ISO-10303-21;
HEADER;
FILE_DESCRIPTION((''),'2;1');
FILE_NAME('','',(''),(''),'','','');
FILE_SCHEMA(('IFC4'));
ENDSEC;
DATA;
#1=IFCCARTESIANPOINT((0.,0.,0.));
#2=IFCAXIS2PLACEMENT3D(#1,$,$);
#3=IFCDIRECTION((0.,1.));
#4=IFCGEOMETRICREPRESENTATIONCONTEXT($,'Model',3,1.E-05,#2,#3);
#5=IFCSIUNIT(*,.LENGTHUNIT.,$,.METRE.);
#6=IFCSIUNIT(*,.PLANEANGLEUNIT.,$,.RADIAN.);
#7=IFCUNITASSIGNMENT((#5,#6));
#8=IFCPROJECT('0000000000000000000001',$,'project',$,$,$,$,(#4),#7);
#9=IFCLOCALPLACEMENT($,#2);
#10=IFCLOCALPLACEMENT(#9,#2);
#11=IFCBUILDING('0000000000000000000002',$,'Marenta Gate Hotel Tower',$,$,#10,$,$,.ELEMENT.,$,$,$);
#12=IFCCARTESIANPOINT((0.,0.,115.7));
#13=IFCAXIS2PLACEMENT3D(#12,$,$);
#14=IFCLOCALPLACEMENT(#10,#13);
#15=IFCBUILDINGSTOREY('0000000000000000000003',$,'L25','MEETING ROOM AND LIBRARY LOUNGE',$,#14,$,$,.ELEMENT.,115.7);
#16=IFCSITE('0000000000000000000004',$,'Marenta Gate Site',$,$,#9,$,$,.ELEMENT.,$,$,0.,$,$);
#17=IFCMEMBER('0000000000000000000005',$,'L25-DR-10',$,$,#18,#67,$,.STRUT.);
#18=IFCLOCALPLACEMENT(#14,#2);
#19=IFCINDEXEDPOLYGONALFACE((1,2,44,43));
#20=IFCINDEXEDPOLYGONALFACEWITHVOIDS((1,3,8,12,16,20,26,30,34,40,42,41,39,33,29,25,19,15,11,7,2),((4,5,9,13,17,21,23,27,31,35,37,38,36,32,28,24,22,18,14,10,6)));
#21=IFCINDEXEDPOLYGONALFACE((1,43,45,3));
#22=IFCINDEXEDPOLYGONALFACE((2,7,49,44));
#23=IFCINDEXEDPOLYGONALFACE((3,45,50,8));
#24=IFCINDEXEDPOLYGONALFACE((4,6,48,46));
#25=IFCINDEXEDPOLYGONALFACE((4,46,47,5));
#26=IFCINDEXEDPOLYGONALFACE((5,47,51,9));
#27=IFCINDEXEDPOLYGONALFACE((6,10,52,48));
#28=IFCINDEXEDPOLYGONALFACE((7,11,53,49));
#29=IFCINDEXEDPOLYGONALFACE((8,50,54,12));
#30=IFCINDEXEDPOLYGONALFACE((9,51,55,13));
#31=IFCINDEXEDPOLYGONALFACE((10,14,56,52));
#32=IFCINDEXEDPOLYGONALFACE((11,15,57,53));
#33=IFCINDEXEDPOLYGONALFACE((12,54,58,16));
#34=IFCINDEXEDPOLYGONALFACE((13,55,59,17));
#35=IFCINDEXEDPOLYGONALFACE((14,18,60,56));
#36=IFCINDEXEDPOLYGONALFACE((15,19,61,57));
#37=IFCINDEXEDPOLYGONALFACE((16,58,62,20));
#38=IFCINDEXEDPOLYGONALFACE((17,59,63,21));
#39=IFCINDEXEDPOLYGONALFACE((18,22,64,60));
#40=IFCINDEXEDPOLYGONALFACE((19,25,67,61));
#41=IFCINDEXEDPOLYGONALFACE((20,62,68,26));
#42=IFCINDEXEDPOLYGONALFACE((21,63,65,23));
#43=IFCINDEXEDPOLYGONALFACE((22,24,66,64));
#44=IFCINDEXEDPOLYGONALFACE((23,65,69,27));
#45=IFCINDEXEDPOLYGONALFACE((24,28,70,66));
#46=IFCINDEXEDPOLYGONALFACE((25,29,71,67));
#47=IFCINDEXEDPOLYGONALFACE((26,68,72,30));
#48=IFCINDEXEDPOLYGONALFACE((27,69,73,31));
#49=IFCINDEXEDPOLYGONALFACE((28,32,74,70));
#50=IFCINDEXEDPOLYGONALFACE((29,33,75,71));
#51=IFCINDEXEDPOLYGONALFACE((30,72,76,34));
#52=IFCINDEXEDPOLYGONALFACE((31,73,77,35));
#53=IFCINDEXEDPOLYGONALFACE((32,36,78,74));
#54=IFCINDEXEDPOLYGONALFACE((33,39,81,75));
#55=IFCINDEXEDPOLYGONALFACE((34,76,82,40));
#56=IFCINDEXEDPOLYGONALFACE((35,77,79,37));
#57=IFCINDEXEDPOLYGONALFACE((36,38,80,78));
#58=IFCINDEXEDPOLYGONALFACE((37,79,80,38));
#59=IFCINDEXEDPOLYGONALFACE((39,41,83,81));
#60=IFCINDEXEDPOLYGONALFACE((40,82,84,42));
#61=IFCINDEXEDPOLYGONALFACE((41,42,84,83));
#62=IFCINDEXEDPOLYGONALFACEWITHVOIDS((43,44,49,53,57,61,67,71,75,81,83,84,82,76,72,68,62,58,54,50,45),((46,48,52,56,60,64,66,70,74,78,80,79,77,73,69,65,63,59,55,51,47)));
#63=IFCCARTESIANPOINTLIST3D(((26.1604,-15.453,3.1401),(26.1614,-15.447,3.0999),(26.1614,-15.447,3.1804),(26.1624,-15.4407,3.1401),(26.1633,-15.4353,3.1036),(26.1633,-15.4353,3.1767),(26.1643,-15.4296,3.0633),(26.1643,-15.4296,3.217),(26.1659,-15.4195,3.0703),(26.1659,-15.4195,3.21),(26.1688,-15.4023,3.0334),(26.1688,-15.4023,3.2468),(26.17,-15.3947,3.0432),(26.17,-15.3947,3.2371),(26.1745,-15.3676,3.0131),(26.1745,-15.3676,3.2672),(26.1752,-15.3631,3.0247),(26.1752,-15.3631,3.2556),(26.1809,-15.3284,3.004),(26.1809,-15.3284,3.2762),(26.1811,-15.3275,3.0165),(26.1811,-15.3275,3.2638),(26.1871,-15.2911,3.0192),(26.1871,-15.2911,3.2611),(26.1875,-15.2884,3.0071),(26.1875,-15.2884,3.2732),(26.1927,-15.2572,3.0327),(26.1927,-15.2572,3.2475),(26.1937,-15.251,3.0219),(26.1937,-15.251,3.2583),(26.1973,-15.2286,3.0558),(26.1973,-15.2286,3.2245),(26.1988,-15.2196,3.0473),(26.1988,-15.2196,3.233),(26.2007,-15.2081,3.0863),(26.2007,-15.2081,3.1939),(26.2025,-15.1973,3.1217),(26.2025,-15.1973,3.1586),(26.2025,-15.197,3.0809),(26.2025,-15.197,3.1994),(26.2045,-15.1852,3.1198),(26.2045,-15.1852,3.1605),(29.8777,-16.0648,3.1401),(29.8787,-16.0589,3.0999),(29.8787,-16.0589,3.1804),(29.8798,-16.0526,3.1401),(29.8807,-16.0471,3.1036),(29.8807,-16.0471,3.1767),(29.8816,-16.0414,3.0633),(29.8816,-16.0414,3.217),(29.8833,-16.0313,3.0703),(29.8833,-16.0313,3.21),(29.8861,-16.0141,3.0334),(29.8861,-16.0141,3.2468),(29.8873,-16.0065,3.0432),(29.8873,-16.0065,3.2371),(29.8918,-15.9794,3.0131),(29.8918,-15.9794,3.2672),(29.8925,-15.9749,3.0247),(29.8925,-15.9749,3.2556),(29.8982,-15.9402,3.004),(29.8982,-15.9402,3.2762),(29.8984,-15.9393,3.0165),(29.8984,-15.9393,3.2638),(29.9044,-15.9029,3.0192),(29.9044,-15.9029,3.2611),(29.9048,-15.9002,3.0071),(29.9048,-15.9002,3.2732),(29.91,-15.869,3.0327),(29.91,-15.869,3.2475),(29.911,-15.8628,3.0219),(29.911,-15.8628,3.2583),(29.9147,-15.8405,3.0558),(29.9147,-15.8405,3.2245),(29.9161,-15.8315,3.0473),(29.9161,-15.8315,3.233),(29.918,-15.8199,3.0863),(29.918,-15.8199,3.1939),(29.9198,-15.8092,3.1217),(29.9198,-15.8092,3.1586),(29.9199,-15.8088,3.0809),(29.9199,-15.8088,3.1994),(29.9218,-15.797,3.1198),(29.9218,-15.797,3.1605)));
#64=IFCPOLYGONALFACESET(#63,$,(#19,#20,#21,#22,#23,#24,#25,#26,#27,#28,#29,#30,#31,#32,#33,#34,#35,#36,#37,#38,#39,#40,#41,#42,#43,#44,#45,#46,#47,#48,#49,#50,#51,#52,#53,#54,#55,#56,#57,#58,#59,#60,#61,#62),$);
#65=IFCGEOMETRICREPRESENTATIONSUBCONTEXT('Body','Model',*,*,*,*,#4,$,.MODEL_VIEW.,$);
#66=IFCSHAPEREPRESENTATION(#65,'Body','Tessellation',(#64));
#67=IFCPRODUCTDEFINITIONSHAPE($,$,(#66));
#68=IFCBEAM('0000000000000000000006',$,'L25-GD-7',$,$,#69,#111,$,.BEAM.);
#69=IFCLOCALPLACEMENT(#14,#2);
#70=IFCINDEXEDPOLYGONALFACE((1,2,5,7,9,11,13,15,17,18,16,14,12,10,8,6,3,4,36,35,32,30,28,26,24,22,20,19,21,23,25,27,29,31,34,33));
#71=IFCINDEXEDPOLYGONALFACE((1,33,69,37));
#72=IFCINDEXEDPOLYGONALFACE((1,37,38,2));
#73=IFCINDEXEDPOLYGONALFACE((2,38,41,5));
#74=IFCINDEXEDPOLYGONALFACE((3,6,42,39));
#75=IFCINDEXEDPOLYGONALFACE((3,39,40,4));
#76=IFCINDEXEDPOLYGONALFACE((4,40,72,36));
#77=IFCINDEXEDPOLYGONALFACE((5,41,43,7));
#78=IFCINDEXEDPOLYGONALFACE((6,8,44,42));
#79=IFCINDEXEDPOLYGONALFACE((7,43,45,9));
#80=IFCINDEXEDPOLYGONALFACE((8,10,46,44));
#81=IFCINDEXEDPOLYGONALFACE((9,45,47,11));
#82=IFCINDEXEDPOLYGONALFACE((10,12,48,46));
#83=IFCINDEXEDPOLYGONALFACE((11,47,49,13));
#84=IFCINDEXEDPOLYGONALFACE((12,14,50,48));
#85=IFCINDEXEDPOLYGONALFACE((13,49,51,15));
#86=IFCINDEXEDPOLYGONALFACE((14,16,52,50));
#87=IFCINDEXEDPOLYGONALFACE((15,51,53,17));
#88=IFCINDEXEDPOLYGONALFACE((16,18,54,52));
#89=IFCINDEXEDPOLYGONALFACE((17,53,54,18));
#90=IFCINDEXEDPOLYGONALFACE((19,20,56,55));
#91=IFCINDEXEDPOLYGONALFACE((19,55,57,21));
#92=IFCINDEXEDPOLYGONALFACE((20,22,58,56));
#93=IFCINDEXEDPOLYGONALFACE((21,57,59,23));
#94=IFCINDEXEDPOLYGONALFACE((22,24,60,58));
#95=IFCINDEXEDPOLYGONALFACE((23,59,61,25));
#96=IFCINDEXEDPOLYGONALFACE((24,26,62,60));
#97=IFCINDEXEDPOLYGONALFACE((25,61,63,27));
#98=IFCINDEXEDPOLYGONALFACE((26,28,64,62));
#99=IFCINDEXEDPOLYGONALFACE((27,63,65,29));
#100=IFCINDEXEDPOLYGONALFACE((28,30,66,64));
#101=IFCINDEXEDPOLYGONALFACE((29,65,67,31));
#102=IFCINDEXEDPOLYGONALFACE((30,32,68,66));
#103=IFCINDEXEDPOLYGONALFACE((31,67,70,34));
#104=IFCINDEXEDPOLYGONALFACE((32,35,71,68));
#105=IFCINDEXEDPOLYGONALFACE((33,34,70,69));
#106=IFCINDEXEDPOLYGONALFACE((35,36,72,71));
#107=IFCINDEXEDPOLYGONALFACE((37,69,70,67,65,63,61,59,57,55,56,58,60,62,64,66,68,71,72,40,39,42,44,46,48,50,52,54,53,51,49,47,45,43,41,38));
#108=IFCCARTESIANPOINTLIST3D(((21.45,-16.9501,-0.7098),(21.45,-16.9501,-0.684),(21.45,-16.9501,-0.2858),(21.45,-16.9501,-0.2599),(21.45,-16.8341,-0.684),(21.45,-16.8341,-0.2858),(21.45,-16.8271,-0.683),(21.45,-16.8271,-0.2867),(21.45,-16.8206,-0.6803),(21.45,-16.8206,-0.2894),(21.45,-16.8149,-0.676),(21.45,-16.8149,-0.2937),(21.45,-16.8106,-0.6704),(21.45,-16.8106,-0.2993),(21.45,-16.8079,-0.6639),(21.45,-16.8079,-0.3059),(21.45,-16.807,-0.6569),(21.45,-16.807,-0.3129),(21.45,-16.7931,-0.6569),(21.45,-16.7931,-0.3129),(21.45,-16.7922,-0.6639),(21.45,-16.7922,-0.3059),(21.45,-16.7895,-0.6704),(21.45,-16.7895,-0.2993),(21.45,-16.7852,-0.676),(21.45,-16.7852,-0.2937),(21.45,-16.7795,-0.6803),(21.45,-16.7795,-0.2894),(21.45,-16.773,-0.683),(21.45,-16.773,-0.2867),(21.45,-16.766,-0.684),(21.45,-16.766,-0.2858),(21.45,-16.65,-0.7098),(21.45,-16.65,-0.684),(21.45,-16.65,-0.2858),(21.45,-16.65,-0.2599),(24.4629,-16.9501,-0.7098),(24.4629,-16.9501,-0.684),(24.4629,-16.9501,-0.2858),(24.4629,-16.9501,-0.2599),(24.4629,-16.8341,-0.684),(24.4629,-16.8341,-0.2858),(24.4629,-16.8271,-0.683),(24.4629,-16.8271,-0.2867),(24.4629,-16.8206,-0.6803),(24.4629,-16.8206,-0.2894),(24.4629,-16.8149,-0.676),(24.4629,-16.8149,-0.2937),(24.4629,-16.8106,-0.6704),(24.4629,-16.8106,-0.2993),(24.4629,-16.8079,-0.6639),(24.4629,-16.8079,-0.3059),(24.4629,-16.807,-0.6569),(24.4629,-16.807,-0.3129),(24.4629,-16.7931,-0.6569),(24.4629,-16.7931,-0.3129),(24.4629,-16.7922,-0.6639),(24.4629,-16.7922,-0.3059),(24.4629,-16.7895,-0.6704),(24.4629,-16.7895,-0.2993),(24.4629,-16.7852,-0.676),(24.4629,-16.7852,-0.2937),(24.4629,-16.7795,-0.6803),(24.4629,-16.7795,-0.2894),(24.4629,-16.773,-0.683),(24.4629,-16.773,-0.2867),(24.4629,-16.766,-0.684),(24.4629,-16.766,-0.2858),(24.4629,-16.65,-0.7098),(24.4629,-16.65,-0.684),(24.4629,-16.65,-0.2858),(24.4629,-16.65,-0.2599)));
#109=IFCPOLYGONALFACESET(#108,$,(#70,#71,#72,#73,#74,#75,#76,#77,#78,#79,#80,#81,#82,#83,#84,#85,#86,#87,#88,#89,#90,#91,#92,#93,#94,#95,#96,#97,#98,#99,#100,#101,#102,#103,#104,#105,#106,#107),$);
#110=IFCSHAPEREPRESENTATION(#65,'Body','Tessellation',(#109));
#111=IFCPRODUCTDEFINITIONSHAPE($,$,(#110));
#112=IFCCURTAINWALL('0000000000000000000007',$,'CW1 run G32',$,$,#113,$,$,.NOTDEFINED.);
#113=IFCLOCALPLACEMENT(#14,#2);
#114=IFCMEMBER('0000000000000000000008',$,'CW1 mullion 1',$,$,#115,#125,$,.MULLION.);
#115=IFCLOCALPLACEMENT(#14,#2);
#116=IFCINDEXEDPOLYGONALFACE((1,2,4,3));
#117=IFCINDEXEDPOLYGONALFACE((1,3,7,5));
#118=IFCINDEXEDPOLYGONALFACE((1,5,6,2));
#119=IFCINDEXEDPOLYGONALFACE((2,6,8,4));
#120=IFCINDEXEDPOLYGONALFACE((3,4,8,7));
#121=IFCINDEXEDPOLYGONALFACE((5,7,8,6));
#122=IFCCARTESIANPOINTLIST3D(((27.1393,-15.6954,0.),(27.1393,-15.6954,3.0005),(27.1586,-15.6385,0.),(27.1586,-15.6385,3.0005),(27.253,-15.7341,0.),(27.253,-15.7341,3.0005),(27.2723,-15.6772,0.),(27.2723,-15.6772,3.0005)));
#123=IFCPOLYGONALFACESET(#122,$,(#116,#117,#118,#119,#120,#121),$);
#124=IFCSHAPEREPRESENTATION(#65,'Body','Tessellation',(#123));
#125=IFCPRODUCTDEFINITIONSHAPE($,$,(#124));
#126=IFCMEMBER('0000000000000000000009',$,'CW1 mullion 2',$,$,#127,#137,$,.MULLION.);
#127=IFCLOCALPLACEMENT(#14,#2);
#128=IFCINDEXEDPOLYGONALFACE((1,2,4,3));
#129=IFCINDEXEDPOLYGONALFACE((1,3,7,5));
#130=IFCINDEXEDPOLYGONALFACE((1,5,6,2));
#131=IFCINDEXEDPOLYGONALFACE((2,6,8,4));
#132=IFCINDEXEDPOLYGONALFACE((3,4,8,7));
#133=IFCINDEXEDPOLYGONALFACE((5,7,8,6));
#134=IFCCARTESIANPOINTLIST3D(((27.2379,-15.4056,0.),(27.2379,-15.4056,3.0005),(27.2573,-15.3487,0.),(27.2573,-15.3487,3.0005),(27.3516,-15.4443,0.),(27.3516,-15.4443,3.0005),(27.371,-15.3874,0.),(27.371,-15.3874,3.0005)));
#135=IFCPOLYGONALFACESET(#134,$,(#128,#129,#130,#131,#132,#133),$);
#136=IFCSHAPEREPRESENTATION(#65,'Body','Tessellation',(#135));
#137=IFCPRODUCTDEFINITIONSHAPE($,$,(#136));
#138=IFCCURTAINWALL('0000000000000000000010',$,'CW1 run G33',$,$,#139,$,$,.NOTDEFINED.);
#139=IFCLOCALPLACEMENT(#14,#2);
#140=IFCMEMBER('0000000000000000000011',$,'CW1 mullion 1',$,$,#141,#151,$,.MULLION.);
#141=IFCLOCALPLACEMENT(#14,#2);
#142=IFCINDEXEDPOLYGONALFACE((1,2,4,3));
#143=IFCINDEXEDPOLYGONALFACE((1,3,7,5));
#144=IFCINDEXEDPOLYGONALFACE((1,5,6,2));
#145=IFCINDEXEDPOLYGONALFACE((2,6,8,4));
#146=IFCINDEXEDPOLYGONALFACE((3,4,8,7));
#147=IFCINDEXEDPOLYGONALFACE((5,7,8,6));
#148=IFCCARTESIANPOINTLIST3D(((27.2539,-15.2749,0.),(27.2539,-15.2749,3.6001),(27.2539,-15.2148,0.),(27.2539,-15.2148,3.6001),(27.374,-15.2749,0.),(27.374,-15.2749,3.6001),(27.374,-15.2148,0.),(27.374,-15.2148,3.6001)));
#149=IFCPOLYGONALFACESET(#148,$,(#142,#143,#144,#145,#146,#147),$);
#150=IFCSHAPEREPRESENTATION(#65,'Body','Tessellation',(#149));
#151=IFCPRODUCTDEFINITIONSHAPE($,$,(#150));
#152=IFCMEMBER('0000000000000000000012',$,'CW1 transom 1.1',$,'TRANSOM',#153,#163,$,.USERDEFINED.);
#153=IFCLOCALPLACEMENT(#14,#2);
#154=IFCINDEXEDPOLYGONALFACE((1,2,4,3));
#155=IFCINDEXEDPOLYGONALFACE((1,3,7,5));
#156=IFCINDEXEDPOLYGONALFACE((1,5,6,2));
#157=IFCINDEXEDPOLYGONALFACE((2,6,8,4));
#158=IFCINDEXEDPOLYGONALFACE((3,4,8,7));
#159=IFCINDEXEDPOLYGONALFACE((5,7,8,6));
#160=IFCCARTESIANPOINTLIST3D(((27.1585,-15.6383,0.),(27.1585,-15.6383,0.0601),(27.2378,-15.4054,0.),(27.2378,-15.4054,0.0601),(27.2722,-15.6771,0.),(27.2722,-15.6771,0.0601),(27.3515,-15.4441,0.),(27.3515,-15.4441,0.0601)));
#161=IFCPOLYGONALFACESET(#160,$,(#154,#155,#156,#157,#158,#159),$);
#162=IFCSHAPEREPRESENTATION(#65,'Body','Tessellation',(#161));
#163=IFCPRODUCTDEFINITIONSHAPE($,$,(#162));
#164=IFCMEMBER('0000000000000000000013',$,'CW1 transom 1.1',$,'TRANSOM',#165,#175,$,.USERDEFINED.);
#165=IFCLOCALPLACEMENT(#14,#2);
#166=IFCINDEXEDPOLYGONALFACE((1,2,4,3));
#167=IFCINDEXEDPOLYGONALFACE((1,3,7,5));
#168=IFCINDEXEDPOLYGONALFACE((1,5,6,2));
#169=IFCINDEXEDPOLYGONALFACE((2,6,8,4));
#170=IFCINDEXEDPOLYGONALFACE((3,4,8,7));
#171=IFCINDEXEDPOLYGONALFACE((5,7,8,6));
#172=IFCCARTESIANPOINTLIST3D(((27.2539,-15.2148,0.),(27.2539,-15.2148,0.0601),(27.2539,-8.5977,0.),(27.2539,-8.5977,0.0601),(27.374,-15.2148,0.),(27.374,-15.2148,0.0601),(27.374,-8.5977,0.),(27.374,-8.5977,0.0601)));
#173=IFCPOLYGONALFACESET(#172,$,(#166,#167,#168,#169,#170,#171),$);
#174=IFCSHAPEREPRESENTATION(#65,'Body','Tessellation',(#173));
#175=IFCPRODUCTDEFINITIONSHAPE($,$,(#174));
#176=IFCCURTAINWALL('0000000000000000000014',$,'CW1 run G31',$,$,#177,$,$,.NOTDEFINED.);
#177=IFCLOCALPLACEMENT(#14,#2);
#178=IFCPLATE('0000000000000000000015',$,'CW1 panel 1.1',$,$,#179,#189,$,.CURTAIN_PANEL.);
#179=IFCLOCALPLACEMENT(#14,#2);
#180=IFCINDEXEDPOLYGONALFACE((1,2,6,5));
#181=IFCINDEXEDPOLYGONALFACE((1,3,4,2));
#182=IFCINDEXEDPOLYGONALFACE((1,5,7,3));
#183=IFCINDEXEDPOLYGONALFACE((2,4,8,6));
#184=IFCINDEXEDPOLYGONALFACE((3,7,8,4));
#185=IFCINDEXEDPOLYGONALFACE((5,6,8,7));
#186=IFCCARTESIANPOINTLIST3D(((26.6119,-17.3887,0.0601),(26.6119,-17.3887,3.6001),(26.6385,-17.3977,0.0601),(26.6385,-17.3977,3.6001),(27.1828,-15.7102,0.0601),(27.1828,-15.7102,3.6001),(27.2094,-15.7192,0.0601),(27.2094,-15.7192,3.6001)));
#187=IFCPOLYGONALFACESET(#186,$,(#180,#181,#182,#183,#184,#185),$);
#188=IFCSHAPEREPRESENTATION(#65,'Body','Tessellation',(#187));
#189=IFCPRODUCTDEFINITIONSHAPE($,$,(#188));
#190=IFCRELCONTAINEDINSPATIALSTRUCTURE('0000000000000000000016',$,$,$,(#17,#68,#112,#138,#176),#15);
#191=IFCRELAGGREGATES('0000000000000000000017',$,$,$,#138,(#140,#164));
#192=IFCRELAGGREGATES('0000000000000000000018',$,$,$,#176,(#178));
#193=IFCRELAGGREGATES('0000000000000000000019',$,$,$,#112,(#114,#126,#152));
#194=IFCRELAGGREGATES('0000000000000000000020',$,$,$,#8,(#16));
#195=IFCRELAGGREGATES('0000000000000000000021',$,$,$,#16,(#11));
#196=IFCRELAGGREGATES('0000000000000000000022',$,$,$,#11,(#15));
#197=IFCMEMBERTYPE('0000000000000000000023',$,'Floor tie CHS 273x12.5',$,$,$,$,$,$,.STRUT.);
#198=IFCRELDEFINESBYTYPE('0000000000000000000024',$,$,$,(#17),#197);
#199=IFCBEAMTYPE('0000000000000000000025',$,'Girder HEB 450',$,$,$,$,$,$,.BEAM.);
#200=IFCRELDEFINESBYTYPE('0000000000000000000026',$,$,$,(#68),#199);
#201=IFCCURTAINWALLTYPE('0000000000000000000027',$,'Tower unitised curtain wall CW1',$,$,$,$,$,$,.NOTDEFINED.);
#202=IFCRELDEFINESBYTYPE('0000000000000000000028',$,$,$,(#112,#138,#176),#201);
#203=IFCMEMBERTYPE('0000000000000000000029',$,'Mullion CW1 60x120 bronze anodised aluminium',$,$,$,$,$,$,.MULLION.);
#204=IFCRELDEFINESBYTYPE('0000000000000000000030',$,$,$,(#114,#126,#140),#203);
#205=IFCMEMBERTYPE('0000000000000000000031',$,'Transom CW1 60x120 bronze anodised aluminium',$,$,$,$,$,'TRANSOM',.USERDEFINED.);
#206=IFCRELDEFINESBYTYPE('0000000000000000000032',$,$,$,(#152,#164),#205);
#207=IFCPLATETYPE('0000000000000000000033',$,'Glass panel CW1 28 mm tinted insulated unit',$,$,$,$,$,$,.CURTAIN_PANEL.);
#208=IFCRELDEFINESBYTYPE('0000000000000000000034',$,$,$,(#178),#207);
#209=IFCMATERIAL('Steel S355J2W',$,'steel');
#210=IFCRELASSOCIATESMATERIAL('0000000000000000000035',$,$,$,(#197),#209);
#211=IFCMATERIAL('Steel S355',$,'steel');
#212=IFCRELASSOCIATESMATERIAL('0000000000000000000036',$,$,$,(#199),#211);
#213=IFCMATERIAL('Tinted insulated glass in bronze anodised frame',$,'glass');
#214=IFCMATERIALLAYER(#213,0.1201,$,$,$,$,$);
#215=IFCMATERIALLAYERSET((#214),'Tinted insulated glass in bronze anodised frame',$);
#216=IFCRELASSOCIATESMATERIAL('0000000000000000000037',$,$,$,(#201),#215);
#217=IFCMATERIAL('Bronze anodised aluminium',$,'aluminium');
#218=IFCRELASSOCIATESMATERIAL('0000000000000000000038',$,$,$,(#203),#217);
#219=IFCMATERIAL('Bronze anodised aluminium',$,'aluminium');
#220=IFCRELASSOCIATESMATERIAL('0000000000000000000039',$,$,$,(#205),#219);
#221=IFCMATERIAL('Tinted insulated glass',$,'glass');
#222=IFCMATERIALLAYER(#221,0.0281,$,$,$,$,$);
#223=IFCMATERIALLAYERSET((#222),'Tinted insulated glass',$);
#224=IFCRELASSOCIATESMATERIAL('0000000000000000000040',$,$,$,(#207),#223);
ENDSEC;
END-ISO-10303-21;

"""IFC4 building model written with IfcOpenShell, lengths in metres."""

from ifc_helpers import new_model, si_unit, direction, frame, origin, origin_2d, place, context, subcontext, project, spatial, rectangle, hollow_circle, i_section, extrude, material, layer, layer_set, material_profile, profile_set, type_object, element, aggregate, save


model = new_model("IFC4")

# Units and contexts
model_context = context("Model", 3, precision=1e-05, world=origin(), true_north=direction((0.0, 1.0)))
body_context = subcontext(model_context, "Body", "Model", "MODEL_VIEW")
ifc_project = project(units=[si_unit("LENGTHUNIT", "METRE"), si_unit("PLANEANGLEUNIT", "RADIAN")], contexts=[model_context])

# Site, building, storey
site_placement = place(None, origin())
site = spatial("IfcSite", under=ifc_project, at=site_placement, Name="Marenta Gate Site", CompositionType="ELEMENT", RefElevation=0.0)
building_placement = place(site_placement, origin())
building = spatial("IfcBuilding", under=site, at=building_placement, Name="Marenta Gate Hotel Tower", CompositionType="ELEMENT")
storey_placement = place(building_placement, frame((0.0, 0.0, 115.7)))
storey = spatial("IfcBuildingStorey", under=building, at=storey_placement, Name="L25", Description="MEETING ROOM AND LIBRARY LOUNGE", CompositionType="ELEMENT", Elevation=115.7)

# Member
ifc_material_1 = material(Name="Steel S355J2W", Category="steel")
ifc_material_profile_1 = material_profile(ifc_material_1, hollow_circle(Radius=0.1365, WallThickness=0.0125, at=origin_2d()), Name="CHS 273x12.5")
ifc_profile_set_1 = profile_set([ifc_material_profile_1], Name="Steel S355J2W")
member_type_1 = type_object("IfcMemberType", Name="Floor tie CHS 273x12.5", PredefinedType="STRUT", material=ifc_profile_set_1)
member_1_placement = place(storey_placement, frame((29.8999, -15.9302, 3.1401), z_axis=(-0.986725, 0.162402, 0.0), x_axis=(-0.162402, -0.986725, 0.0)))
element("IfcMember", 1, at=member_1_placement, inside=storey, type_object=member_type_1, Name="L25-DR-10", PredefinedType="STRUT", context=body_context, shape_type="SweptSolid", body=[
    extrude(hollow_circle(Radius=0.1365, WallThickness=0.0125, at=origin_2d()), origin(), (0.0, 0.0, 1.0), 3.7673),
])

# Beam
ifc_material_2 = material(Name="Steel S355", Category="steel")
ifc_material_profile_2 = material_profile(ifc_material_2, i_section(OverallWidth=0.3, OverallDepth=0.45, WebThickness=0.0139, FlangeThickness=0.0259, FilletRadius=0.0271, at=origin_2d()), Name="HEB 450")
ifc_profile_set_2 = profile_set([ifc_material_profile_2], Name="Steel S355")
beam_type_1 = type_object("IfcBeamType", Name="Girder HEB 450", PredefinedType="BEAM", material=ifc_profile_set_2)
beam_1_placement = place(storey_placement, frame((21.45, -16.8, -0.4849), z_axis=(1.0, 0.0, 0.0), x_axis=(0.0, 1.0, 0.0)))
element("IfcBeam", 2, at=beam_1_placement, inside=storey, type_object=beam_type_1, Name="L25-GD-7", PredefinedType="BEAM", context=body_context, shape_type="SweptSolid", body=[
    extrude(i_section(OverallWidth=0.3, OverallDepth=0.45, WebThickness=0.0139, FlangeThickness=0.0259, FilletRadius=0.0271, at=origin_2d()), origin(), (0.0, 0.0, 1.0), 3.0129),
])

# Curtain wall, members
ifc_material_3 = material(Name="Tinted insulated glass in bronze anodised frame", Category="glass")
ifc_layer_1 = layer(ifc_material_3, 0.1201)
ifc_layer_set_1 = layer_set([ifc_layer_1], Name="Tinted insulated glass in bronze anodised frame")
curtain_wall_type = type_object("IfcCurtainWallType", Name="Tower unitised curtain wall CW1", PredefinedType="NOTDEFINED", material=ifc_layer_set_1)
curtain_wall_1_placement = place(storey_placement, origin())
curtain_wall_1 = element("IfcCurtainWall", 3, at=curtain_wall_1_placement, inside=storey, type_object=curtain_wall_type, Name="CW1 run G32", PredefinedType="NOTDEFINED")
ifc_material_4 = material(Name="Bronze anodised aluminium", Category="aluminium")
ifc_material_profile_3 = material_profile(ifc_material_4, rectangle(XDim=0.1201, YDim=0.0601, at=origin_2d()), Name="Mullion CW1 60x120 bronze anodised aluminium")
ifc_profile_set_3 = profile_set([ifc_material_profile_3], Name="Bronze anodised aluminium")
member_type_2 = type_object("IfcMemberType", Name="Mullion CW1 60x120 bronze anodised aluminium", PredefinedType="MULLION", material=ifc_profile_set_3)
member_2_placement = place(storey_placement, frame((27.2058, -15.6863, 0.0), z_axis=(0.0, 0.0, 1.0), x_axis=(-0.946726, 0.32204, 0.0)))
member_2 = element("IfcMember", 4, at=member_2_placement, type_object=member_type_2, Name="CW1 mullion 1", PredefinedType="MULLION", context=body_context, shape_type="SweptSolid", body=[
    extrude(rectangle(XDim=0.1201, YDim=0.0601, at=origin_2d()), origin(), (0.0, 0.0, 1.0), 3.0005),
])
member_3_placement = place(storey_placement, frame((27.3044, -15.3965, 0.0), z_axis=(0.0, 0.0, 1.0), x_axis=(-0.946726, 0.32204, 0.0)))
member_3 = element("IfcMember", 5, at=member_3_placement, type_object=member_type_2, Name="CW1 mullion 2", PredefinedType="MULLION", context=body_context, shape_type="SweptSolid", body=[
    extrude(rectangle(XDim=0.1201, YDim=0.0601, at=origin_2d()), origin(), (0.0, 0.0, 1.0), 3.0005),
])

# Curtain wall, member
curtain_wall_2_placement = place(storey_placement, origin())
curtain_wall_2 = element("IfcCurtainWall", 6, at=curtain_wall_2_placement, inside=storey, type_object=curtain_wall_type, Name="CW1 run G33", PredefinedType="NOTDEFINED")
member_4_placement = place(storey_placement, frame((27.314, -15.2449, 0.0), z_axis=(0.0, 0.0, 1.0), x_axis=(-1.0, 0.0, 0.0)))
member_4 = element("IfcMember", 7, at=member_4_placement, type_object=member_type_2, Name="CW1 mullion 1", PredefinedType="MULLION", context=body_context, shape_type="SweptSolid", body=[
    extrude(rectangle(XDim=0.1201, YDim=0.0601, at=origin_2d()), origin(), (0.0, 0.0, 1.0), 3.6001),
])

# Members
ifc_material_5 = material(Name="Bronze anodised aluminium", Category="aluminium")
ifc_material_profile_4 = material_profile(ifc_material_5, rectangle(XDim=0.1201, YDim=0.0601, at=origin_2d()), Name="Transom CW1 60x120 bronze anodised aluminium")
ifc_profile_set_4 = profile_set([ifc_material_profile_4], Name="Bronze anodised aluminium")
member_type_3 = type_object("IfcMemberType", Name="Transom CW1 60x120 bronze anodised aluminium", ElementType="TRANSOM", PredefinedType="USERDEFINED", material=ifc_profile_set_4)
member_5_placement = place(storey_placement, frame((27.2153, -15.6577, 0.03), z_axis=(0.322472, 0.946579, 0.0), x_axis=(-0.946579, 0.322472, 0.0)))
member_5 = element("IfcMember", 8, at=member_5_placement, type_object=member_type_3, Name="CW1 transom 1.1", ObjectType="TRANSOM", PredefinedType="USERDEFINED", context=body_context, shape_type="SweptSolid", body=[
    extrude(rectangle(XDim=0.1201, YDim=0.0601, at=origin_2d()), origin(), (0.0, 0.0, 1.0), 0.2461),
])
member_6_placement = place(storey_placement, frame((27.314, -15.2148, 0.03), z_axis=(0.0, 1.0, 0.0), x_axis=(-1.0, 0.0, 0.0)))
member_6 = element("IfcMember", 9, at=member_6_placement, type_object=member_type_3, Name="CW1 transom 1.1", ObjectType="TRANSOM", PredefinedType="USERDEFINED", context=body_context, shape_type="SweptSolid", body=[
    extrude(rectangle(XDim=0.1201, YDim=0.0601, at=origin_2d()), origin(), (0.0, 0.0, 1.0), 6.6172),
])
aggregate(curtain_wall_2, [member_4, member_6])

# Curtain wall, plate
curtain_wall_3_placement = place(storey_placement, origin())
curtain_wall_3 = element("IfcCurtainWall", 10, at=curtain_wall_3_placement, inside=storey, type_object=curtain_wall_type, Name="CW1 run G31", PredefinedType="NOTDEFINED")
ifc_material_6 = material(Name="Tinted insulated glass", Category="glass")
ifc_layer_2 = layer(ifc_material_6, 0.0281)
ifc_layer_set_2 = layer_set([ifc_layer_2], Name="Tinted insulated glass")
plate_type = type_object("IfcPlateType", Name="Glass panel CW1 28 mm tinted insulated unit", PredefinedType="CURTAIN_PANEL", material=ifc_layer_set_2)
plate_1_placement = place(storey_placement, frame((26.9106, -16.554, 0.0601), z_axis=(0.0, 0.0, 1.0), x_axis=(0.322032, 0.946729, 0.0)))
plate_1 = element("IfcPlate", 11, at=plate_1_placement, type_object=plate_type, Name="CW1 panel 1.1", PredefinedType="CURTAIN_PANEL", context=body_context, shape_type="SweptSolid", body=[
    extrude(rectangle(XDim=1.7729, YDim=0.0281, at=origin_2d()), origin(), (0.0, 0.0, 1.0), 3.54),
])
aggregate(curtain_wall_3, [plate_1])

aggregate(curtain_wall_1, [member_2, member_3, member_5])

save(model, "model.ifc")
